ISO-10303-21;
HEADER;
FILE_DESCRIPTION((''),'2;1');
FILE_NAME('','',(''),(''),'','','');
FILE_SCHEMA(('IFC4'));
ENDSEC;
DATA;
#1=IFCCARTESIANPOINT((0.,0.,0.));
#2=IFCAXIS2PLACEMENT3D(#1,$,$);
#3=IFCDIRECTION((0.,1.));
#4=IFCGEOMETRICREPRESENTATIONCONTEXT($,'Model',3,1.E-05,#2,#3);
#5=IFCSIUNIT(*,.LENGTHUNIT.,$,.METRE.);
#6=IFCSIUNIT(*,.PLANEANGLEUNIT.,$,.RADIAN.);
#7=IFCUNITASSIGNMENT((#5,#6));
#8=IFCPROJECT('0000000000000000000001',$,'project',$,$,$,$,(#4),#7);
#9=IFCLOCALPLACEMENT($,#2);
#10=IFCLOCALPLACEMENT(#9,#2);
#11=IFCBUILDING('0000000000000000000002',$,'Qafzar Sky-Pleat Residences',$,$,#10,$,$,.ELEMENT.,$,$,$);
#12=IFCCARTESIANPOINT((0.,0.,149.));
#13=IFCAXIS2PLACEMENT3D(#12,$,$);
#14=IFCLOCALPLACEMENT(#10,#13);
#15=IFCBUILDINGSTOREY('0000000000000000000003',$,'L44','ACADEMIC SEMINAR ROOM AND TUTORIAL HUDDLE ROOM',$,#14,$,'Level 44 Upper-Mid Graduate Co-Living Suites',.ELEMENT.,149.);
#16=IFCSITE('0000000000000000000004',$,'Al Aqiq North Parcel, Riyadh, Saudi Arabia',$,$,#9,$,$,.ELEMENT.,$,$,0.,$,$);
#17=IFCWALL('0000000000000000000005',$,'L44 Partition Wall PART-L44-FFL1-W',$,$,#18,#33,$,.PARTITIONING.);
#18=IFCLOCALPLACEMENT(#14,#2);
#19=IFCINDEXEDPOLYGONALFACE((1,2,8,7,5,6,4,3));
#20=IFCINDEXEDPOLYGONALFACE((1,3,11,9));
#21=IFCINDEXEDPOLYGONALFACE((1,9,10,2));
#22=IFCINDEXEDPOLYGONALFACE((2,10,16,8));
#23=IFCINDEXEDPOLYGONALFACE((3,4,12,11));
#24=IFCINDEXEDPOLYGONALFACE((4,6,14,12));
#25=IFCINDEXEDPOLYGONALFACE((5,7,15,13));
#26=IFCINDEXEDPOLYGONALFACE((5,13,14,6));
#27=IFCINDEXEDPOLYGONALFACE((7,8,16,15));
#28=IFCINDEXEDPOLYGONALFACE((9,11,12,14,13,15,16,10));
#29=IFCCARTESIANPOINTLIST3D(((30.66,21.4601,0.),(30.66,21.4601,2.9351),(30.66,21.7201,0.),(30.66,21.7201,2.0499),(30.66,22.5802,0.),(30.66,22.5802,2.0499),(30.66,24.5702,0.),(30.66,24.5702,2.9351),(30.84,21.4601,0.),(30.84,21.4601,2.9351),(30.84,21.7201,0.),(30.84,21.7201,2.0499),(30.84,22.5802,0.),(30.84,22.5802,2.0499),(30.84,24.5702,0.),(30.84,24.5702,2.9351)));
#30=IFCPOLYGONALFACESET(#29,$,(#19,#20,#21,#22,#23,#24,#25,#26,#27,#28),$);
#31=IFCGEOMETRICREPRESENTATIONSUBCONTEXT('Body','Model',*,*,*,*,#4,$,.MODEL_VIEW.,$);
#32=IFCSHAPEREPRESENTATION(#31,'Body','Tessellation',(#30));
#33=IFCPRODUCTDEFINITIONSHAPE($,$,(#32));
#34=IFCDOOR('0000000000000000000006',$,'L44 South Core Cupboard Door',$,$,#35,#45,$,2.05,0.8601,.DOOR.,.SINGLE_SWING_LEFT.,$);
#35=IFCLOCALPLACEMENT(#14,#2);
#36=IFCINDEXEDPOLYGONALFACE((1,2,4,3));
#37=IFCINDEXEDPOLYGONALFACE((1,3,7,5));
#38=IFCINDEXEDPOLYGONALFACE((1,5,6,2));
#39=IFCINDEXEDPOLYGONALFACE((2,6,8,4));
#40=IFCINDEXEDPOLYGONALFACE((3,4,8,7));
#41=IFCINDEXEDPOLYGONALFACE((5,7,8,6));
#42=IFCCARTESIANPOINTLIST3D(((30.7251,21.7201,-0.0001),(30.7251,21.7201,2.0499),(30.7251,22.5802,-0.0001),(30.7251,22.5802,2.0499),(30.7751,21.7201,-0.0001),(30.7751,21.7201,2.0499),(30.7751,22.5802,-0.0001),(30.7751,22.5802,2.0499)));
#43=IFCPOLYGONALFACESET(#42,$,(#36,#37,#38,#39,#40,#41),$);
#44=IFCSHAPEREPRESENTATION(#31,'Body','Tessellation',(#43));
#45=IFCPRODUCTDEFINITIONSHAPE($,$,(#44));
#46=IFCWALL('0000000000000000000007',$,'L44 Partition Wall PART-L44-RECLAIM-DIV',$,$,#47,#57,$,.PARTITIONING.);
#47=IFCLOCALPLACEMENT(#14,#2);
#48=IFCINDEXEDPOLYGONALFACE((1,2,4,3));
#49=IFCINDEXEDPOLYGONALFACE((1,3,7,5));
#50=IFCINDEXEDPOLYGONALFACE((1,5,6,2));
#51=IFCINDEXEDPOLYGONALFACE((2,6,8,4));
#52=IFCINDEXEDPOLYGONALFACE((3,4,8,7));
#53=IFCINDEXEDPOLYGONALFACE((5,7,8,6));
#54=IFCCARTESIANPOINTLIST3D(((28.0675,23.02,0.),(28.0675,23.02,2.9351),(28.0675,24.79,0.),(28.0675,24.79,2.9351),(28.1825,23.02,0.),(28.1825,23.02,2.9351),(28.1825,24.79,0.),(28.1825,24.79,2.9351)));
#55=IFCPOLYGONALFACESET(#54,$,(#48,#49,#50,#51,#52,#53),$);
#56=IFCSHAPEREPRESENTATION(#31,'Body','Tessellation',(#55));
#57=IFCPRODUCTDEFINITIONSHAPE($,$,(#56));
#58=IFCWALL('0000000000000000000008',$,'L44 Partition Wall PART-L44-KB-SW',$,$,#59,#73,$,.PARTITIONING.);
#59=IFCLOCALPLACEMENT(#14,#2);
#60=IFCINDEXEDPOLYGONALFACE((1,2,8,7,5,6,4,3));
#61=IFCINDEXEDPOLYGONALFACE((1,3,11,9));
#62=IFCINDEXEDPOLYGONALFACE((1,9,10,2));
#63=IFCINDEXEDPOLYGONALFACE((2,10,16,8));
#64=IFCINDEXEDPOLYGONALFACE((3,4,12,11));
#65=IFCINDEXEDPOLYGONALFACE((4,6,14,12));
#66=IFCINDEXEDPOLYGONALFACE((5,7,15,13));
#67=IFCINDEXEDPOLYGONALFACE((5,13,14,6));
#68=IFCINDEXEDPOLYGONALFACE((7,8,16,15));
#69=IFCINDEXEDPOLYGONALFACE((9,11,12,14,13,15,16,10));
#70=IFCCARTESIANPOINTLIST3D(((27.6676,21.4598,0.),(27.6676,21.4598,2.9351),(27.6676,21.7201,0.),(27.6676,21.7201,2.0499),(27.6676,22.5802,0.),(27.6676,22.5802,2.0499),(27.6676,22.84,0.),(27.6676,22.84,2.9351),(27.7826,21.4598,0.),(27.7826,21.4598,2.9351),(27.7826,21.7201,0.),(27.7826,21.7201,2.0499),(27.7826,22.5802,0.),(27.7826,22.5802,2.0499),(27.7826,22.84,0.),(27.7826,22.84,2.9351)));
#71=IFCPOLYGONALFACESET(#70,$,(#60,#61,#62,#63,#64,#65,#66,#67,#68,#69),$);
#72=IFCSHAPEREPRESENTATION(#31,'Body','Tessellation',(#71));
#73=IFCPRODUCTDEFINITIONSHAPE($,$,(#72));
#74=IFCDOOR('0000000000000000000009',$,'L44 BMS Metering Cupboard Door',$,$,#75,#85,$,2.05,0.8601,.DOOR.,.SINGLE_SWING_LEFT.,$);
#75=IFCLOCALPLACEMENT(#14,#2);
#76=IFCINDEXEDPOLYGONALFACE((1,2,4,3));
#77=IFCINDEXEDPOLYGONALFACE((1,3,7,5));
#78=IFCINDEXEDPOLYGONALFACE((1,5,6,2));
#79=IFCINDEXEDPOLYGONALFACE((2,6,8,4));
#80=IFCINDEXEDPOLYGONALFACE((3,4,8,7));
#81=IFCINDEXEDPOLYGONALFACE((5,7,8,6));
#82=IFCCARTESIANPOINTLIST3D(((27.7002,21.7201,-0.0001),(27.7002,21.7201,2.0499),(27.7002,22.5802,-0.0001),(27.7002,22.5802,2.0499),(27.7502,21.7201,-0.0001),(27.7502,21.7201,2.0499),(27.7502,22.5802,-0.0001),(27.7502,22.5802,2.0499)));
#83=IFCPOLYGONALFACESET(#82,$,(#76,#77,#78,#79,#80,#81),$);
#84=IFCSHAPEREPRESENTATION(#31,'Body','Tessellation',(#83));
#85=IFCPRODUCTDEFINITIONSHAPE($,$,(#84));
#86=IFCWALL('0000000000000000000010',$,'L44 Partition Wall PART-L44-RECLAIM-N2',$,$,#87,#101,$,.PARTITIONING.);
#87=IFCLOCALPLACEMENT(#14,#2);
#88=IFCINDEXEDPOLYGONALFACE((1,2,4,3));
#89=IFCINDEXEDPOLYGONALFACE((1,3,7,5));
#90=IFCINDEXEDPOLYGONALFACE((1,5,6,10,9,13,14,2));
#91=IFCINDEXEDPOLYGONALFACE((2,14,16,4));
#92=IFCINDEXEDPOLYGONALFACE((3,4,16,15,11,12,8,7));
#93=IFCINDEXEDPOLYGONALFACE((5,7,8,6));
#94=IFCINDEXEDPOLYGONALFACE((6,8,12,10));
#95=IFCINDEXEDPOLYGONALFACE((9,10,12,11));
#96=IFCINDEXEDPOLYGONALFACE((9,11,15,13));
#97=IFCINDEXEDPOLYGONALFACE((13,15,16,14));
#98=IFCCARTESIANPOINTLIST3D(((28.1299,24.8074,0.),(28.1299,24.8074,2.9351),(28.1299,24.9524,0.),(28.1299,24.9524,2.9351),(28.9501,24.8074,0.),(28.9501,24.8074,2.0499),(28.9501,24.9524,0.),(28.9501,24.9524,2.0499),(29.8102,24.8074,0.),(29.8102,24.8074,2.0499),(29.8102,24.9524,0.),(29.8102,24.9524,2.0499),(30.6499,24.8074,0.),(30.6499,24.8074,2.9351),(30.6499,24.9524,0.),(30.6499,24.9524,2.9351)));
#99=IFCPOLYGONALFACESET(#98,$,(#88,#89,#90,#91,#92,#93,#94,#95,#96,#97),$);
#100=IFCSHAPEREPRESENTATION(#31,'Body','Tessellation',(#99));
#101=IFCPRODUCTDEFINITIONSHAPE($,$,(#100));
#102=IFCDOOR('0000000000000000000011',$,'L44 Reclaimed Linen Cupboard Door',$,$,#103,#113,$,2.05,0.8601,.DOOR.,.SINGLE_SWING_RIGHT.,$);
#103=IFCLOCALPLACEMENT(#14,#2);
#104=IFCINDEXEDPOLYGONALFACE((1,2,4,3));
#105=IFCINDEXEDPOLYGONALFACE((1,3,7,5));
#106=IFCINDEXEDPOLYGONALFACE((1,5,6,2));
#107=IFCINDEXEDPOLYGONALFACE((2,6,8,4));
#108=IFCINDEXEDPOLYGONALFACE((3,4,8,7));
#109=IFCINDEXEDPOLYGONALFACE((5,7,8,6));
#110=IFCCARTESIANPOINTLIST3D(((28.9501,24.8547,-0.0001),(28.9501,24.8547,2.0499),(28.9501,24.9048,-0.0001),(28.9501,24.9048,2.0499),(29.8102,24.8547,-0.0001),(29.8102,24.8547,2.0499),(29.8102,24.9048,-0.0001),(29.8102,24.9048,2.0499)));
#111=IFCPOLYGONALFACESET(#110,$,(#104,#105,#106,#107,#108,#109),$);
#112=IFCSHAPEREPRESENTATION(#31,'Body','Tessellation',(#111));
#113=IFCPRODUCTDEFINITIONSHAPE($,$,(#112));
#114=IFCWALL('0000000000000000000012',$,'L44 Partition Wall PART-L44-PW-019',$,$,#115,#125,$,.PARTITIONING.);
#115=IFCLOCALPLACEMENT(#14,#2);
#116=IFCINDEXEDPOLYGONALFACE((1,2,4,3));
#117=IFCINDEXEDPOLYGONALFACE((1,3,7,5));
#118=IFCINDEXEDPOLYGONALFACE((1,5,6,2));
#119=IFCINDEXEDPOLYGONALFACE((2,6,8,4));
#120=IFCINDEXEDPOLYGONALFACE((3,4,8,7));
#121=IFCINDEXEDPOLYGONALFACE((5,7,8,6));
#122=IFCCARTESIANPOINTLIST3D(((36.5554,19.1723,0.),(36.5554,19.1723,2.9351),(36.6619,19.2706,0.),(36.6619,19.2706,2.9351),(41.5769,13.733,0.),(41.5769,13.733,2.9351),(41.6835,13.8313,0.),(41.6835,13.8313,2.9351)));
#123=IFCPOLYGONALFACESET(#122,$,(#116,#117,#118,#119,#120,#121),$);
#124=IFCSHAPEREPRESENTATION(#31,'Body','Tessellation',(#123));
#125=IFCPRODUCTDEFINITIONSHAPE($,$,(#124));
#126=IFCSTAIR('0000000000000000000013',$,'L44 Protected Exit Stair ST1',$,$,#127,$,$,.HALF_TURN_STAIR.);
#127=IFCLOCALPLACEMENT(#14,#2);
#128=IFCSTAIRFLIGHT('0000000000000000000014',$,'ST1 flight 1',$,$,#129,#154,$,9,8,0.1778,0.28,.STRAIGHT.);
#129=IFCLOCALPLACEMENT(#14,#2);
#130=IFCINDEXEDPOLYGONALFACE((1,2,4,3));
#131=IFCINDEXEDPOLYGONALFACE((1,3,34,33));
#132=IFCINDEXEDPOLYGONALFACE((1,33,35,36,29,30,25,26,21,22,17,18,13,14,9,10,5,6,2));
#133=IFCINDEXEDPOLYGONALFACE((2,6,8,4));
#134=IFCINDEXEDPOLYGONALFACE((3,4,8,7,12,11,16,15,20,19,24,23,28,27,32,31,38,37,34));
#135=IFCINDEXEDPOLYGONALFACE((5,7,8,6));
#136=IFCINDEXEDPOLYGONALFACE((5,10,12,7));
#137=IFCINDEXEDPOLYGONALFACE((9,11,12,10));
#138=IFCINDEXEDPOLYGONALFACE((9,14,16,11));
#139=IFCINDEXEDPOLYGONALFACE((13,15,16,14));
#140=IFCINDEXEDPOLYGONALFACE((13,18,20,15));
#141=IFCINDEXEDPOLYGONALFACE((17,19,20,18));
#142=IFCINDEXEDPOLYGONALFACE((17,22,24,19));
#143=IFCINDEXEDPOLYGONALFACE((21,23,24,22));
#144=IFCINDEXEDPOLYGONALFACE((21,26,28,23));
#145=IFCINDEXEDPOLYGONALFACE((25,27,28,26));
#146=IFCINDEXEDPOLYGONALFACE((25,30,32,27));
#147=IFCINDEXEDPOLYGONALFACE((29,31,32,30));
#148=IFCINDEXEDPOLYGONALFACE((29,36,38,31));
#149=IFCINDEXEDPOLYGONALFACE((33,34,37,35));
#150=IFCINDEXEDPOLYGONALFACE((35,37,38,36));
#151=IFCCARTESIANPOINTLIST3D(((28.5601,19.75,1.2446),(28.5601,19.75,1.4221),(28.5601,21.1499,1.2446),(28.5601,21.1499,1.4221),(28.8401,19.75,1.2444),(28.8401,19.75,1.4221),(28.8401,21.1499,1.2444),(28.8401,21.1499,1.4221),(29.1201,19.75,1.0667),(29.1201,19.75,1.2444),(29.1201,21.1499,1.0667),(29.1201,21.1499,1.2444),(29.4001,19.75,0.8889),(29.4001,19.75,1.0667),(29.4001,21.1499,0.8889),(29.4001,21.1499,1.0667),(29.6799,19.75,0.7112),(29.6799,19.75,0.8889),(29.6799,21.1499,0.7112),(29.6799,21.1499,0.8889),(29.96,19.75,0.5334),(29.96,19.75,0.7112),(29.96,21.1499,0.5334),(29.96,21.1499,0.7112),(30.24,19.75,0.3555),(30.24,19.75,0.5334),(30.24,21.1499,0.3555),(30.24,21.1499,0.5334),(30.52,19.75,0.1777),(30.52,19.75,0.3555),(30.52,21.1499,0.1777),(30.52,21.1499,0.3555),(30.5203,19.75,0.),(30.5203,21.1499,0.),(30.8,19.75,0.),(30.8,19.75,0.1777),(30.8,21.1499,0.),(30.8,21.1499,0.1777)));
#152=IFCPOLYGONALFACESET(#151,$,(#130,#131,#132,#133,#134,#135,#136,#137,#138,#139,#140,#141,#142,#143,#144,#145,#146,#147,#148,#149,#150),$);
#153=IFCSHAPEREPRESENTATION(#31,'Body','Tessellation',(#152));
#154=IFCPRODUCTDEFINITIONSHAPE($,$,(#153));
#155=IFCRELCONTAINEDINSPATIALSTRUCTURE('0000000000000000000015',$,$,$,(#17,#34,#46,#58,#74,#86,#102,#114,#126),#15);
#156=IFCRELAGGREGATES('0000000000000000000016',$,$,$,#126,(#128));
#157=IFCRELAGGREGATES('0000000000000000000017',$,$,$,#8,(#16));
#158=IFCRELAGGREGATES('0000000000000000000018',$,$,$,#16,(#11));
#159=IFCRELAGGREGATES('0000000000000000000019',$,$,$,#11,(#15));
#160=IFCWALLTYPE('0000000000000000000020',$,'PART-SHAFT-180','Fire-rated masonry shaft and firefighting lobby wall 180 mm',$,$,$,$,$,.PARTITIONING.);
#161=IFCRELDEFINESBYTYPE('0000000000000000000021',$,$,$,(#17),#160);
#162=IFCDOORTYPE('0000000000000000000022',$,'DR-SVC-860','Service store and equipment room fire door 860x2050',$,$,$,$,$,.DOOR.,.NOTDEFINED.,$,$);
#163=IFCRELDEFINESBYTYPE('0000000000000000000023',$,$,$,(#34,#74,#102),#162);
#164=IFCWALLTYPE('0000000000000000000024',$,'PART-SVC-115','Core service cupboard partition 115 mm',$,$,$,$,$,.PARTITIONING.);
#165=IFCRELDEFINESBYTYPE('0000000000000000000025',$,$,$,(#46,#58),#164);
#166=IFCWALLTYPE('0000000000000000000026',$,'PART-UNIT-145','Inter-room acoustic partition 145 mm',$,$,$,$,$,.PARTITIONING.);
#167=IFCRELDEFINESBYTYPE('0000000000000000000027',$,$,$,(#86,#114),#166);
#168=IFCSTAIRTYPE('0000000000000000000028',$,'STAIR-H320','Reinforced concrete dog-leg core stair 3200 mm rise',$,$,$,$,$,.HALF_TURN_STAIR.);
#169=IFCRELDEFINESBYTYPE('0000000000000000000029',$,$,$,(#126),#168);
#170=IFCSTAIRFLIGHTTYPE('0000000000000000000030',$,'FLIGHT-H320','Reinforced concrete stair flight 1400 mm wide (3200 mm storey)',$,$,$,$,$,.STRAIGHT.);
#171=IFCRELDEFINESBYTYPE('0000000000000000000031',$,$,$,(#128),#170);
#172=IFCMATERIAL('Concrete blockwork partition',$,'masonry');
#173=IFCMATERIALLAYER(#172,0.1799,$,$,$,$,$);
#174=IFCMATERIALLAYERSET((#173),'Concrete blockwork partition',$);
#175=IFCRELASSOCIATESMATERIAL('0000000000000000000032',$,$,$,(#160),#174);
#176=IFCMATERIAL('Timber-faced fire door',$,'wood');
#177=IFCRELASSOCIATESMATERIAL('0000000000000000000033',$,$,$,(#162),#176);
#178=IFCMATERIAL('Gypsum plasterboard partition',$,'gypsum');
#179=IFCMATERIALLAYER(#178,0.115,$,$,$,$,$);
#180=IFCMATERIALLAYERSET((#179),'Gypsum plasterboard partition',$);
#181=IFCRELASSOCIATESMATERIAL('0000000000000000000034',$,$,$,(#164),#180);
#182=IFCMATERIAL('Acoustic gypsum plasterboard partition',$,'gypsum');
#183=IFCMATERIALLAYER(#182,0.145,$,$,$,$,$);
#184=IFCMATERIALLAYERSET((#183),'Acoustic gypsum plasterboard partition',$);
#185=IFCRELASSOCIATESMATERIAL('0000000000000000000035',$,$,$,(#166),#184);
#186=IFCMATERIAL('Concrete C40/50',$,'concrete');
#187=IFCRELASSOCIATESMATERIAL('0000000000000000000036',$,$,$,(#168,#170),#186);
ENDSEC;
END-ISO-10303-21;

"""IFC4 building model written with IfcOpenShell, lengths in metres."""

from ifc_helpers import new_model, si_unit, direction, frame, frame_2d, origin, place, context, subcontext, project, spatial, polyline, rectangle, outline, extrude, source, transform, mapped, material, layer, layer_set, type_object, element, fill, aggregate, save


model = new_model("IFC4")

# Units and contexts
model_context = context("Model", 3, precision=1e-05, world=origin(), true_north=direction((0.0, 1.0)))
body_context = subcontext(model_context, "Body", "Model", "MODEL_VIEW")
ifc_project = project(units=[si_unit("LENGTHUNIT", "METRE"), si_unit("PLANEANGLEUNIT", "RADIAN")], contexts=[model_context])

# Site, building, storey
site_placement = place(None, origin())
site = spatial("IfcSite", under=ifc_project, at=site_placement, Name="Al Aqiq North Parcel, Riyadh, Saudi Arabia", CompositionType="ELEMENT", RefElevation=0.0)
building_placement = place(site_placement, origin())
building = spatial("IfcBuilding", under=site, at=building_placement, Name="Qafzar Sky-Pleat Residences", CompositionType="ELEMENT")
storey_placement = place(building_placement, frame((0.0, 0.0, 149.0)))
storey = spatial("IfcBuildingStorey", under=building, at=storey_placement, Name="L44", Description="ACADEMIC SEMINAR ROOM AND TUTORIAL HUDDLE ROOM", LongName="Level 44 Upper-Mid Graduate Co-Living Suites", CompositionType="ELEMENT", Elevation=149.0)

# Wall, opening, door
ifc_material_1 = material(Name="Concrete blockwork partition", Category="masonry")
ifc_layer_1 = layer(ifc_material_1, 0.1799)
ifc_layer_set_1 = layer_set([ifc_layer_1], Name="Concrete blockwork partition")
wall_type_1 = type_object("IfcWallType", Name="PART-SHAFT-180", Description="Fire-rated masonry shaft and firefighting lobby wall 180 mm", PredefinedType="PARTITIONING", material=ifc_layer_set_1)
wall_1_placement = place(storey_placement, frame((30.75, 21.46, 0.0), z_axis=(0.0, 0.0, 1.0), x_axis=(0.0, 1.0, 0.0)))
wall_1 = element("IfcWall", 1, at=wall_1_placement, inside=storey, type_object=wall_type_1, Name="L44 Partition Wall PART-L44-FFL1-W", PredefinedType="PARTITIONING", context=body_context, shape_type="SweptSolid", body=[
    extrude(rectangle(XDim=3.1101, YDim=0.1799, at=frame_2d((1.5552, 0.0))), origin(), (0.0, 0.0, 1.0), 2.9351),
])
opening_1_placement = place(wall_1_placement, frame((0.26, 0.0, 0.0)))
opening_1 = element("IfcOpeningElement", 2, at=opening_1_placement, cuts=wall_1, PredefinedType="OPENING", context=body_context, shape_type="SweptSolid", body=[
    extrude(rectangle(XDim=0.8601, YDim=2.05, at=frame_2d((0.4302, 1.0249))), frame((0.0, 0.1001, 0.0), z_axis=(0.0, -1.0, 0.0), x_axis=(1.0, 0.0, 0.0)), (0.0, 0.0, 1.0), 0.2),
])
ifc_material_2 = material(Name="Timber-faced fire door", Category="wood")
door_type_1 = type_object("IfcDoorType", Name="DR-SVC-860", Description="Service store and equipment room fire door 860x2050", OperationType="NOTDEFINED", PredefinedType="DOOR", material=ifc_material_2)
shared_shape_1 = source(origin(), body_context, "Body", "SweptSolid", [
    extrude(rectangle(XDim=0.8601, YDim=2.05, at=frame_2d((0.4302, 1.0249))), frame((0.0, 0.0249, 0.0), z_axis=(0.0, -1.0, 0.0), x_axis=(1.0, 0.0, 0.0)), (0.0, 0.0, 1.0), 0.05),
])
door_1_placement = place(opening_1_placement, origin())
door_1 = element("IfcDoor", 3, at=door_1_placement, inside=storey, type_object=door_type_1, Name="L44 South Core Cupboard Door", OperationType="SINGLE_SWING_LEFT", OverallHeight=2.05, OverallWidth=0.8601, PredefinedType="DOOR", context=body_context, shape_type="MappedRepresentation", body=[
    mapped(shared_shape_1, transform((0.0, 0.0, 0.0), x_axis=(1.0, 0.0, 0.0), y_axis=(0.0, 1.0, 0.0), z_axis=(0.0, 0.0, 1.0), scale=1.0)),
])
fill(opening_1, door_1)

# Wall
ifc_material_3 = material(Name="Gypsum plasterboard partition", Category="gypsum")
ifc_layer_2 = layer(ifc_material_3, 0.115)
ifc_layer_set_2 = layer_set([ifc_layer_2], Name="Gypsum plasterboard partition")
wall_type_2 = type_object("IfcWallType", Name="PART-SVC-115", Description="Core service cupboard partition 115 mm", PredefinedType="PARTITIONING", material=ifc_layer_set_2)
wall_2_placement = place(storey_placement, frame((28.125, 23.02, 0.0), z_axis=(0.0, 0.0, 1.0), x_axis=(0.0, 1.0, 0.0)))
element("IfcWall", 4, at=wall_2_placement, inside=storey, type_object=wall_type_2, Name="L44 Partition Wall PART-L44-RECLAIM-DIV", PredefinedType="PARTITIONING", context=body_context, shape_type="SweptSolid", body=[
    extrude(rectangle(XDim=1.77, YDim=0.115, at=frame_2d((0.885, 0.0))), origin(), (0.0, 0.0, 1.0), 2.9351),
])

# Walls, openings, doors
wall_3_placement = place(storey_placement, frame((27.7251, 21.46, 0.0), z_axis=(0.0, 0.0, 1.0), x_axis=(0.0, 1.0, 0.0)))
wall_3 = element("IfcWall", 5, at=wall_3_placement, inside=storey, type_object=wall_type_2, Name="L44 Partition Wall PART-L44-KB-SW", PredefinedType="PARTITIONING", context=body_context, shape_type="SweptSolid", body=[
    extrude(rectangle(XDim=1.3801, YDim=0.115, at=frame_2d((0.6899, 0.0))), origin(), (0.0, 0.0, 1.0), 2.9351),
])
opening_2_placement = place(wall_3_placement, frame((0.26, 0.0, 0.0)))
opening_2 = element("IfcOpeningElement", 6, at=opening_2_placement, cuts=wall_3, PredefinedType="OPENING", context=body_context, shape_type="SweptSolid", body=[
    extrude(rectangle(XDim=0.8601, YDim=2.05, at=frame_2d((0.4302, 1.0249))), frame((0.0, 0.0674, 0.0), z_axis=(0.0, -1.0, 0.0), x_axis=(1.0, 0.0, 0.0)), (0.0, 0.0, 1.0), 0.135),
])
door_2_placement = place(opening_2_placement, origin())
door_2 = element("IfcDoor", 7, at=door_2_placement, inside=storey, type_object=door_type_1, Name="L44 BMS Metering Cupboard Door", OperationType="SINGLE_SWING_LEFT", OverallHeight=2.05, OverallWidth=0.8601, PredefinedType="DOOR", context=body_context, shape_type="MappedRepresentation", body=[
    mapped(shared_shape_1, transform((0.0, 0.0, 0.0), x_axis=(1.0, 0.0, 0.0), y_axis=(0.0, 1.0, 0.0), z_axis=(0.0, 0.0, 1.0), scale=1.0)),
])
fill(opening_2, door_2)
ifc_material_4 = material(Name="Acoustic gypsum plasterboard partition", Category="gypsum")
ifc_layer_3 = layer(ifc_material_4, 0.145)
ifc_layer_set_3 = layer_set([ifc_layer_3], Name="Acoustic gypsum plasterboard partition")
wall_type_3 = type_object("IfcWallType", Name="PART-UNIT-145", Description="Inter-room acoustic partition 145 mm", PredefinedType="PARTITIONING", material=ifc_layer_set_3)
wall_4_placement = place(storey_placement, frame((28.1299, 24.8799, 0.0), z_axis=(0.0, 0.0, 1.0), x_axis=(1.0, 0.0, 0.0)))
wall_4 = element("IfcWall", 8, at=wall_4_placement, inside=storey, type_object=wall_type_3, Name="L44 Partition Wall PART-L44-RECLAIM-N2", PredefinedType="PARTITIONING", context=body_context, shape_type="SweptSolid", body=[
    extrude(rectangle(XDim=2.52, YDim=0.145, at=frame_2d((1.26, 0.0))), origin(), (0.0, 0.0, 1.0), 2.9351),
])
opening_3_placement = place(wall_4_placement, frame((0.8201, 0.0, 0.0)))
opening_3 = element("IfcOpeningElement", 9, at=opening_3_placement, cuts=wall_4, PredefinedType="OPENING", context=body_context, shape_type="SweptSolid", body=[
    extrude(rectangle(XDim=0.8601, YDim=2.05, at=frame_2d((0.4302, 1.0249))), frame((0.0, 0.0825, 0.0), z_axis=(0.0, -1.0, 0.0), x_axis=(1.0, 0.0, 0.0)), (0.0, 0.0, 1.0), 0.165),
])
door_3_placement = place(opening_3_placement, origin())
door_3 = element("IfcDoor", 10, at=door_3_placement, inside=storey, type_object=door_type_1, Name="L44 Reclaimed Linen Cupboard Door", OperationType="SINGLE_SWING_RIGHT", OverallHeight=2.05, OverallWidth=0.8601, PredefinedType="DOOR", context=body_context, shape_type="MappedRepresentation", body=[
    mapped(shared_shape_1, transform((0.0, 0.0, 0.0), x_axis=(1.0, 0.0, 0.0), y_axis=(0.0, 1.0, 0.0), z_axis=(0.0, 0.0, 1.0), scale=1.0)),
])
fill(opening_3, door_3)

# Wall
wall_5_placement = place(storey_placement, frame((36.6086, 19.2214, 0.0), z_axis=(0.0, 0.0, 1.0), x_axis=(0.678329, -0.734758, 0.0)))
element("IfcWall", 11, at=wall_5_placement, inside=storey, type_object=wall_type_3, Name="L44 Partition Wall PART-L44-PW-019", PredefinedType="PARTITIONING", context=body_context, shape_type="SweptSolid", body=[
    extrude(rectangle(XDim=7.4028, YDim=0.145, at=frame_2d((3.7014, 0.0))), origin(), (0.0, 0.0, 1.0), 2.9351),
])

# Stair, stair flight
ifc_material_5 = material(Name="Concrete C40/50", Category="concrete")
stair_type = type_object("IfcStairType", Name="STAIR-H320", Description="Reinforced concrete dog-leg core stair 3200 mm rise", PredefinedType="HALF_TURN_STAIR", material=ifc_material_5)
stair_placement = place(storey_placement, origin())
stair = element("IfcStair", 12, at=stair_placement, inside=storey, type_object=stair_type, Name="L44 Protected Exit Stair ST1", PredefinedType="HALF_TURN_STAIR")
stair_flight_type = type_object("IfcStairFlightType", Name="FLIGHT-H320", Description="Reinforced concrete stair flight 1400 mm wide (3200 mm storey)", PredefinedType="STRAIGHT", material=ifc_material_5)
shared_shape_2 = source(origin(), body_context, "Body", "SweptSolid", [
    extrude(outline(polyline([(0.0, 0.0), (0.0, 0.1777), (0.28, 0.1777), (0.28, 0.3555), (0.5601, 0.3555), (0.5601, 0.5334), (0.8401, 0.5334), (0.8401, 0.7112), (1.1201, 0.7112), (1.1201, 0.8889), (1.3999, 0.8889), (1.3999, 1.0667), (1.6799, 1.0667), (1.6799, 1.2444), (1.96, 1.2444), (1.96, 1.4221), (2.24, 1.4221), (2.24, 1.6001), (2.24, 1.2446), (0.2798, 0.0), (0.0, 0.0)])), frame((0.0, 0.7, 0.0), z_axis=(0.0, -1.0, 0.0), x_axis=(1.0, 0.0, 0.0)), (0.0, 0.0, 1.0), 1.3999),
])
stair_flight_1_placement = place(storey_placement, frame((30.8, 20.45, 0.0), z_axis=(0.0, 0.0, 1.0), x_axis=(-1.0, 0.0, 0.0)))
stair_flight_1 = element("IfcStairFlight", 13, at=stair_flight_1_placement, type_object=stair_flight_type, Name="ST1 flight 1", NumberOfRisers=9, NumberOfTreads=8, PredefinedType="STRAIGHT", RiserHeight=0.1778, TreadLength=0.28, context=body_context, shape_type="MappedRepresentation", body=[
    mapped(shared_shape_2, transform((0.0, 0.0, 0.0), x_axis=(1.0, 0.0, 0.0), y_axis=(0.0, 1.0, 0.0), z_axis=(0.0, 0.0, 1.0), scale=1.0)),
])
aggregate(stair, [stair_flight_1])

save(model, "model.ifc")
